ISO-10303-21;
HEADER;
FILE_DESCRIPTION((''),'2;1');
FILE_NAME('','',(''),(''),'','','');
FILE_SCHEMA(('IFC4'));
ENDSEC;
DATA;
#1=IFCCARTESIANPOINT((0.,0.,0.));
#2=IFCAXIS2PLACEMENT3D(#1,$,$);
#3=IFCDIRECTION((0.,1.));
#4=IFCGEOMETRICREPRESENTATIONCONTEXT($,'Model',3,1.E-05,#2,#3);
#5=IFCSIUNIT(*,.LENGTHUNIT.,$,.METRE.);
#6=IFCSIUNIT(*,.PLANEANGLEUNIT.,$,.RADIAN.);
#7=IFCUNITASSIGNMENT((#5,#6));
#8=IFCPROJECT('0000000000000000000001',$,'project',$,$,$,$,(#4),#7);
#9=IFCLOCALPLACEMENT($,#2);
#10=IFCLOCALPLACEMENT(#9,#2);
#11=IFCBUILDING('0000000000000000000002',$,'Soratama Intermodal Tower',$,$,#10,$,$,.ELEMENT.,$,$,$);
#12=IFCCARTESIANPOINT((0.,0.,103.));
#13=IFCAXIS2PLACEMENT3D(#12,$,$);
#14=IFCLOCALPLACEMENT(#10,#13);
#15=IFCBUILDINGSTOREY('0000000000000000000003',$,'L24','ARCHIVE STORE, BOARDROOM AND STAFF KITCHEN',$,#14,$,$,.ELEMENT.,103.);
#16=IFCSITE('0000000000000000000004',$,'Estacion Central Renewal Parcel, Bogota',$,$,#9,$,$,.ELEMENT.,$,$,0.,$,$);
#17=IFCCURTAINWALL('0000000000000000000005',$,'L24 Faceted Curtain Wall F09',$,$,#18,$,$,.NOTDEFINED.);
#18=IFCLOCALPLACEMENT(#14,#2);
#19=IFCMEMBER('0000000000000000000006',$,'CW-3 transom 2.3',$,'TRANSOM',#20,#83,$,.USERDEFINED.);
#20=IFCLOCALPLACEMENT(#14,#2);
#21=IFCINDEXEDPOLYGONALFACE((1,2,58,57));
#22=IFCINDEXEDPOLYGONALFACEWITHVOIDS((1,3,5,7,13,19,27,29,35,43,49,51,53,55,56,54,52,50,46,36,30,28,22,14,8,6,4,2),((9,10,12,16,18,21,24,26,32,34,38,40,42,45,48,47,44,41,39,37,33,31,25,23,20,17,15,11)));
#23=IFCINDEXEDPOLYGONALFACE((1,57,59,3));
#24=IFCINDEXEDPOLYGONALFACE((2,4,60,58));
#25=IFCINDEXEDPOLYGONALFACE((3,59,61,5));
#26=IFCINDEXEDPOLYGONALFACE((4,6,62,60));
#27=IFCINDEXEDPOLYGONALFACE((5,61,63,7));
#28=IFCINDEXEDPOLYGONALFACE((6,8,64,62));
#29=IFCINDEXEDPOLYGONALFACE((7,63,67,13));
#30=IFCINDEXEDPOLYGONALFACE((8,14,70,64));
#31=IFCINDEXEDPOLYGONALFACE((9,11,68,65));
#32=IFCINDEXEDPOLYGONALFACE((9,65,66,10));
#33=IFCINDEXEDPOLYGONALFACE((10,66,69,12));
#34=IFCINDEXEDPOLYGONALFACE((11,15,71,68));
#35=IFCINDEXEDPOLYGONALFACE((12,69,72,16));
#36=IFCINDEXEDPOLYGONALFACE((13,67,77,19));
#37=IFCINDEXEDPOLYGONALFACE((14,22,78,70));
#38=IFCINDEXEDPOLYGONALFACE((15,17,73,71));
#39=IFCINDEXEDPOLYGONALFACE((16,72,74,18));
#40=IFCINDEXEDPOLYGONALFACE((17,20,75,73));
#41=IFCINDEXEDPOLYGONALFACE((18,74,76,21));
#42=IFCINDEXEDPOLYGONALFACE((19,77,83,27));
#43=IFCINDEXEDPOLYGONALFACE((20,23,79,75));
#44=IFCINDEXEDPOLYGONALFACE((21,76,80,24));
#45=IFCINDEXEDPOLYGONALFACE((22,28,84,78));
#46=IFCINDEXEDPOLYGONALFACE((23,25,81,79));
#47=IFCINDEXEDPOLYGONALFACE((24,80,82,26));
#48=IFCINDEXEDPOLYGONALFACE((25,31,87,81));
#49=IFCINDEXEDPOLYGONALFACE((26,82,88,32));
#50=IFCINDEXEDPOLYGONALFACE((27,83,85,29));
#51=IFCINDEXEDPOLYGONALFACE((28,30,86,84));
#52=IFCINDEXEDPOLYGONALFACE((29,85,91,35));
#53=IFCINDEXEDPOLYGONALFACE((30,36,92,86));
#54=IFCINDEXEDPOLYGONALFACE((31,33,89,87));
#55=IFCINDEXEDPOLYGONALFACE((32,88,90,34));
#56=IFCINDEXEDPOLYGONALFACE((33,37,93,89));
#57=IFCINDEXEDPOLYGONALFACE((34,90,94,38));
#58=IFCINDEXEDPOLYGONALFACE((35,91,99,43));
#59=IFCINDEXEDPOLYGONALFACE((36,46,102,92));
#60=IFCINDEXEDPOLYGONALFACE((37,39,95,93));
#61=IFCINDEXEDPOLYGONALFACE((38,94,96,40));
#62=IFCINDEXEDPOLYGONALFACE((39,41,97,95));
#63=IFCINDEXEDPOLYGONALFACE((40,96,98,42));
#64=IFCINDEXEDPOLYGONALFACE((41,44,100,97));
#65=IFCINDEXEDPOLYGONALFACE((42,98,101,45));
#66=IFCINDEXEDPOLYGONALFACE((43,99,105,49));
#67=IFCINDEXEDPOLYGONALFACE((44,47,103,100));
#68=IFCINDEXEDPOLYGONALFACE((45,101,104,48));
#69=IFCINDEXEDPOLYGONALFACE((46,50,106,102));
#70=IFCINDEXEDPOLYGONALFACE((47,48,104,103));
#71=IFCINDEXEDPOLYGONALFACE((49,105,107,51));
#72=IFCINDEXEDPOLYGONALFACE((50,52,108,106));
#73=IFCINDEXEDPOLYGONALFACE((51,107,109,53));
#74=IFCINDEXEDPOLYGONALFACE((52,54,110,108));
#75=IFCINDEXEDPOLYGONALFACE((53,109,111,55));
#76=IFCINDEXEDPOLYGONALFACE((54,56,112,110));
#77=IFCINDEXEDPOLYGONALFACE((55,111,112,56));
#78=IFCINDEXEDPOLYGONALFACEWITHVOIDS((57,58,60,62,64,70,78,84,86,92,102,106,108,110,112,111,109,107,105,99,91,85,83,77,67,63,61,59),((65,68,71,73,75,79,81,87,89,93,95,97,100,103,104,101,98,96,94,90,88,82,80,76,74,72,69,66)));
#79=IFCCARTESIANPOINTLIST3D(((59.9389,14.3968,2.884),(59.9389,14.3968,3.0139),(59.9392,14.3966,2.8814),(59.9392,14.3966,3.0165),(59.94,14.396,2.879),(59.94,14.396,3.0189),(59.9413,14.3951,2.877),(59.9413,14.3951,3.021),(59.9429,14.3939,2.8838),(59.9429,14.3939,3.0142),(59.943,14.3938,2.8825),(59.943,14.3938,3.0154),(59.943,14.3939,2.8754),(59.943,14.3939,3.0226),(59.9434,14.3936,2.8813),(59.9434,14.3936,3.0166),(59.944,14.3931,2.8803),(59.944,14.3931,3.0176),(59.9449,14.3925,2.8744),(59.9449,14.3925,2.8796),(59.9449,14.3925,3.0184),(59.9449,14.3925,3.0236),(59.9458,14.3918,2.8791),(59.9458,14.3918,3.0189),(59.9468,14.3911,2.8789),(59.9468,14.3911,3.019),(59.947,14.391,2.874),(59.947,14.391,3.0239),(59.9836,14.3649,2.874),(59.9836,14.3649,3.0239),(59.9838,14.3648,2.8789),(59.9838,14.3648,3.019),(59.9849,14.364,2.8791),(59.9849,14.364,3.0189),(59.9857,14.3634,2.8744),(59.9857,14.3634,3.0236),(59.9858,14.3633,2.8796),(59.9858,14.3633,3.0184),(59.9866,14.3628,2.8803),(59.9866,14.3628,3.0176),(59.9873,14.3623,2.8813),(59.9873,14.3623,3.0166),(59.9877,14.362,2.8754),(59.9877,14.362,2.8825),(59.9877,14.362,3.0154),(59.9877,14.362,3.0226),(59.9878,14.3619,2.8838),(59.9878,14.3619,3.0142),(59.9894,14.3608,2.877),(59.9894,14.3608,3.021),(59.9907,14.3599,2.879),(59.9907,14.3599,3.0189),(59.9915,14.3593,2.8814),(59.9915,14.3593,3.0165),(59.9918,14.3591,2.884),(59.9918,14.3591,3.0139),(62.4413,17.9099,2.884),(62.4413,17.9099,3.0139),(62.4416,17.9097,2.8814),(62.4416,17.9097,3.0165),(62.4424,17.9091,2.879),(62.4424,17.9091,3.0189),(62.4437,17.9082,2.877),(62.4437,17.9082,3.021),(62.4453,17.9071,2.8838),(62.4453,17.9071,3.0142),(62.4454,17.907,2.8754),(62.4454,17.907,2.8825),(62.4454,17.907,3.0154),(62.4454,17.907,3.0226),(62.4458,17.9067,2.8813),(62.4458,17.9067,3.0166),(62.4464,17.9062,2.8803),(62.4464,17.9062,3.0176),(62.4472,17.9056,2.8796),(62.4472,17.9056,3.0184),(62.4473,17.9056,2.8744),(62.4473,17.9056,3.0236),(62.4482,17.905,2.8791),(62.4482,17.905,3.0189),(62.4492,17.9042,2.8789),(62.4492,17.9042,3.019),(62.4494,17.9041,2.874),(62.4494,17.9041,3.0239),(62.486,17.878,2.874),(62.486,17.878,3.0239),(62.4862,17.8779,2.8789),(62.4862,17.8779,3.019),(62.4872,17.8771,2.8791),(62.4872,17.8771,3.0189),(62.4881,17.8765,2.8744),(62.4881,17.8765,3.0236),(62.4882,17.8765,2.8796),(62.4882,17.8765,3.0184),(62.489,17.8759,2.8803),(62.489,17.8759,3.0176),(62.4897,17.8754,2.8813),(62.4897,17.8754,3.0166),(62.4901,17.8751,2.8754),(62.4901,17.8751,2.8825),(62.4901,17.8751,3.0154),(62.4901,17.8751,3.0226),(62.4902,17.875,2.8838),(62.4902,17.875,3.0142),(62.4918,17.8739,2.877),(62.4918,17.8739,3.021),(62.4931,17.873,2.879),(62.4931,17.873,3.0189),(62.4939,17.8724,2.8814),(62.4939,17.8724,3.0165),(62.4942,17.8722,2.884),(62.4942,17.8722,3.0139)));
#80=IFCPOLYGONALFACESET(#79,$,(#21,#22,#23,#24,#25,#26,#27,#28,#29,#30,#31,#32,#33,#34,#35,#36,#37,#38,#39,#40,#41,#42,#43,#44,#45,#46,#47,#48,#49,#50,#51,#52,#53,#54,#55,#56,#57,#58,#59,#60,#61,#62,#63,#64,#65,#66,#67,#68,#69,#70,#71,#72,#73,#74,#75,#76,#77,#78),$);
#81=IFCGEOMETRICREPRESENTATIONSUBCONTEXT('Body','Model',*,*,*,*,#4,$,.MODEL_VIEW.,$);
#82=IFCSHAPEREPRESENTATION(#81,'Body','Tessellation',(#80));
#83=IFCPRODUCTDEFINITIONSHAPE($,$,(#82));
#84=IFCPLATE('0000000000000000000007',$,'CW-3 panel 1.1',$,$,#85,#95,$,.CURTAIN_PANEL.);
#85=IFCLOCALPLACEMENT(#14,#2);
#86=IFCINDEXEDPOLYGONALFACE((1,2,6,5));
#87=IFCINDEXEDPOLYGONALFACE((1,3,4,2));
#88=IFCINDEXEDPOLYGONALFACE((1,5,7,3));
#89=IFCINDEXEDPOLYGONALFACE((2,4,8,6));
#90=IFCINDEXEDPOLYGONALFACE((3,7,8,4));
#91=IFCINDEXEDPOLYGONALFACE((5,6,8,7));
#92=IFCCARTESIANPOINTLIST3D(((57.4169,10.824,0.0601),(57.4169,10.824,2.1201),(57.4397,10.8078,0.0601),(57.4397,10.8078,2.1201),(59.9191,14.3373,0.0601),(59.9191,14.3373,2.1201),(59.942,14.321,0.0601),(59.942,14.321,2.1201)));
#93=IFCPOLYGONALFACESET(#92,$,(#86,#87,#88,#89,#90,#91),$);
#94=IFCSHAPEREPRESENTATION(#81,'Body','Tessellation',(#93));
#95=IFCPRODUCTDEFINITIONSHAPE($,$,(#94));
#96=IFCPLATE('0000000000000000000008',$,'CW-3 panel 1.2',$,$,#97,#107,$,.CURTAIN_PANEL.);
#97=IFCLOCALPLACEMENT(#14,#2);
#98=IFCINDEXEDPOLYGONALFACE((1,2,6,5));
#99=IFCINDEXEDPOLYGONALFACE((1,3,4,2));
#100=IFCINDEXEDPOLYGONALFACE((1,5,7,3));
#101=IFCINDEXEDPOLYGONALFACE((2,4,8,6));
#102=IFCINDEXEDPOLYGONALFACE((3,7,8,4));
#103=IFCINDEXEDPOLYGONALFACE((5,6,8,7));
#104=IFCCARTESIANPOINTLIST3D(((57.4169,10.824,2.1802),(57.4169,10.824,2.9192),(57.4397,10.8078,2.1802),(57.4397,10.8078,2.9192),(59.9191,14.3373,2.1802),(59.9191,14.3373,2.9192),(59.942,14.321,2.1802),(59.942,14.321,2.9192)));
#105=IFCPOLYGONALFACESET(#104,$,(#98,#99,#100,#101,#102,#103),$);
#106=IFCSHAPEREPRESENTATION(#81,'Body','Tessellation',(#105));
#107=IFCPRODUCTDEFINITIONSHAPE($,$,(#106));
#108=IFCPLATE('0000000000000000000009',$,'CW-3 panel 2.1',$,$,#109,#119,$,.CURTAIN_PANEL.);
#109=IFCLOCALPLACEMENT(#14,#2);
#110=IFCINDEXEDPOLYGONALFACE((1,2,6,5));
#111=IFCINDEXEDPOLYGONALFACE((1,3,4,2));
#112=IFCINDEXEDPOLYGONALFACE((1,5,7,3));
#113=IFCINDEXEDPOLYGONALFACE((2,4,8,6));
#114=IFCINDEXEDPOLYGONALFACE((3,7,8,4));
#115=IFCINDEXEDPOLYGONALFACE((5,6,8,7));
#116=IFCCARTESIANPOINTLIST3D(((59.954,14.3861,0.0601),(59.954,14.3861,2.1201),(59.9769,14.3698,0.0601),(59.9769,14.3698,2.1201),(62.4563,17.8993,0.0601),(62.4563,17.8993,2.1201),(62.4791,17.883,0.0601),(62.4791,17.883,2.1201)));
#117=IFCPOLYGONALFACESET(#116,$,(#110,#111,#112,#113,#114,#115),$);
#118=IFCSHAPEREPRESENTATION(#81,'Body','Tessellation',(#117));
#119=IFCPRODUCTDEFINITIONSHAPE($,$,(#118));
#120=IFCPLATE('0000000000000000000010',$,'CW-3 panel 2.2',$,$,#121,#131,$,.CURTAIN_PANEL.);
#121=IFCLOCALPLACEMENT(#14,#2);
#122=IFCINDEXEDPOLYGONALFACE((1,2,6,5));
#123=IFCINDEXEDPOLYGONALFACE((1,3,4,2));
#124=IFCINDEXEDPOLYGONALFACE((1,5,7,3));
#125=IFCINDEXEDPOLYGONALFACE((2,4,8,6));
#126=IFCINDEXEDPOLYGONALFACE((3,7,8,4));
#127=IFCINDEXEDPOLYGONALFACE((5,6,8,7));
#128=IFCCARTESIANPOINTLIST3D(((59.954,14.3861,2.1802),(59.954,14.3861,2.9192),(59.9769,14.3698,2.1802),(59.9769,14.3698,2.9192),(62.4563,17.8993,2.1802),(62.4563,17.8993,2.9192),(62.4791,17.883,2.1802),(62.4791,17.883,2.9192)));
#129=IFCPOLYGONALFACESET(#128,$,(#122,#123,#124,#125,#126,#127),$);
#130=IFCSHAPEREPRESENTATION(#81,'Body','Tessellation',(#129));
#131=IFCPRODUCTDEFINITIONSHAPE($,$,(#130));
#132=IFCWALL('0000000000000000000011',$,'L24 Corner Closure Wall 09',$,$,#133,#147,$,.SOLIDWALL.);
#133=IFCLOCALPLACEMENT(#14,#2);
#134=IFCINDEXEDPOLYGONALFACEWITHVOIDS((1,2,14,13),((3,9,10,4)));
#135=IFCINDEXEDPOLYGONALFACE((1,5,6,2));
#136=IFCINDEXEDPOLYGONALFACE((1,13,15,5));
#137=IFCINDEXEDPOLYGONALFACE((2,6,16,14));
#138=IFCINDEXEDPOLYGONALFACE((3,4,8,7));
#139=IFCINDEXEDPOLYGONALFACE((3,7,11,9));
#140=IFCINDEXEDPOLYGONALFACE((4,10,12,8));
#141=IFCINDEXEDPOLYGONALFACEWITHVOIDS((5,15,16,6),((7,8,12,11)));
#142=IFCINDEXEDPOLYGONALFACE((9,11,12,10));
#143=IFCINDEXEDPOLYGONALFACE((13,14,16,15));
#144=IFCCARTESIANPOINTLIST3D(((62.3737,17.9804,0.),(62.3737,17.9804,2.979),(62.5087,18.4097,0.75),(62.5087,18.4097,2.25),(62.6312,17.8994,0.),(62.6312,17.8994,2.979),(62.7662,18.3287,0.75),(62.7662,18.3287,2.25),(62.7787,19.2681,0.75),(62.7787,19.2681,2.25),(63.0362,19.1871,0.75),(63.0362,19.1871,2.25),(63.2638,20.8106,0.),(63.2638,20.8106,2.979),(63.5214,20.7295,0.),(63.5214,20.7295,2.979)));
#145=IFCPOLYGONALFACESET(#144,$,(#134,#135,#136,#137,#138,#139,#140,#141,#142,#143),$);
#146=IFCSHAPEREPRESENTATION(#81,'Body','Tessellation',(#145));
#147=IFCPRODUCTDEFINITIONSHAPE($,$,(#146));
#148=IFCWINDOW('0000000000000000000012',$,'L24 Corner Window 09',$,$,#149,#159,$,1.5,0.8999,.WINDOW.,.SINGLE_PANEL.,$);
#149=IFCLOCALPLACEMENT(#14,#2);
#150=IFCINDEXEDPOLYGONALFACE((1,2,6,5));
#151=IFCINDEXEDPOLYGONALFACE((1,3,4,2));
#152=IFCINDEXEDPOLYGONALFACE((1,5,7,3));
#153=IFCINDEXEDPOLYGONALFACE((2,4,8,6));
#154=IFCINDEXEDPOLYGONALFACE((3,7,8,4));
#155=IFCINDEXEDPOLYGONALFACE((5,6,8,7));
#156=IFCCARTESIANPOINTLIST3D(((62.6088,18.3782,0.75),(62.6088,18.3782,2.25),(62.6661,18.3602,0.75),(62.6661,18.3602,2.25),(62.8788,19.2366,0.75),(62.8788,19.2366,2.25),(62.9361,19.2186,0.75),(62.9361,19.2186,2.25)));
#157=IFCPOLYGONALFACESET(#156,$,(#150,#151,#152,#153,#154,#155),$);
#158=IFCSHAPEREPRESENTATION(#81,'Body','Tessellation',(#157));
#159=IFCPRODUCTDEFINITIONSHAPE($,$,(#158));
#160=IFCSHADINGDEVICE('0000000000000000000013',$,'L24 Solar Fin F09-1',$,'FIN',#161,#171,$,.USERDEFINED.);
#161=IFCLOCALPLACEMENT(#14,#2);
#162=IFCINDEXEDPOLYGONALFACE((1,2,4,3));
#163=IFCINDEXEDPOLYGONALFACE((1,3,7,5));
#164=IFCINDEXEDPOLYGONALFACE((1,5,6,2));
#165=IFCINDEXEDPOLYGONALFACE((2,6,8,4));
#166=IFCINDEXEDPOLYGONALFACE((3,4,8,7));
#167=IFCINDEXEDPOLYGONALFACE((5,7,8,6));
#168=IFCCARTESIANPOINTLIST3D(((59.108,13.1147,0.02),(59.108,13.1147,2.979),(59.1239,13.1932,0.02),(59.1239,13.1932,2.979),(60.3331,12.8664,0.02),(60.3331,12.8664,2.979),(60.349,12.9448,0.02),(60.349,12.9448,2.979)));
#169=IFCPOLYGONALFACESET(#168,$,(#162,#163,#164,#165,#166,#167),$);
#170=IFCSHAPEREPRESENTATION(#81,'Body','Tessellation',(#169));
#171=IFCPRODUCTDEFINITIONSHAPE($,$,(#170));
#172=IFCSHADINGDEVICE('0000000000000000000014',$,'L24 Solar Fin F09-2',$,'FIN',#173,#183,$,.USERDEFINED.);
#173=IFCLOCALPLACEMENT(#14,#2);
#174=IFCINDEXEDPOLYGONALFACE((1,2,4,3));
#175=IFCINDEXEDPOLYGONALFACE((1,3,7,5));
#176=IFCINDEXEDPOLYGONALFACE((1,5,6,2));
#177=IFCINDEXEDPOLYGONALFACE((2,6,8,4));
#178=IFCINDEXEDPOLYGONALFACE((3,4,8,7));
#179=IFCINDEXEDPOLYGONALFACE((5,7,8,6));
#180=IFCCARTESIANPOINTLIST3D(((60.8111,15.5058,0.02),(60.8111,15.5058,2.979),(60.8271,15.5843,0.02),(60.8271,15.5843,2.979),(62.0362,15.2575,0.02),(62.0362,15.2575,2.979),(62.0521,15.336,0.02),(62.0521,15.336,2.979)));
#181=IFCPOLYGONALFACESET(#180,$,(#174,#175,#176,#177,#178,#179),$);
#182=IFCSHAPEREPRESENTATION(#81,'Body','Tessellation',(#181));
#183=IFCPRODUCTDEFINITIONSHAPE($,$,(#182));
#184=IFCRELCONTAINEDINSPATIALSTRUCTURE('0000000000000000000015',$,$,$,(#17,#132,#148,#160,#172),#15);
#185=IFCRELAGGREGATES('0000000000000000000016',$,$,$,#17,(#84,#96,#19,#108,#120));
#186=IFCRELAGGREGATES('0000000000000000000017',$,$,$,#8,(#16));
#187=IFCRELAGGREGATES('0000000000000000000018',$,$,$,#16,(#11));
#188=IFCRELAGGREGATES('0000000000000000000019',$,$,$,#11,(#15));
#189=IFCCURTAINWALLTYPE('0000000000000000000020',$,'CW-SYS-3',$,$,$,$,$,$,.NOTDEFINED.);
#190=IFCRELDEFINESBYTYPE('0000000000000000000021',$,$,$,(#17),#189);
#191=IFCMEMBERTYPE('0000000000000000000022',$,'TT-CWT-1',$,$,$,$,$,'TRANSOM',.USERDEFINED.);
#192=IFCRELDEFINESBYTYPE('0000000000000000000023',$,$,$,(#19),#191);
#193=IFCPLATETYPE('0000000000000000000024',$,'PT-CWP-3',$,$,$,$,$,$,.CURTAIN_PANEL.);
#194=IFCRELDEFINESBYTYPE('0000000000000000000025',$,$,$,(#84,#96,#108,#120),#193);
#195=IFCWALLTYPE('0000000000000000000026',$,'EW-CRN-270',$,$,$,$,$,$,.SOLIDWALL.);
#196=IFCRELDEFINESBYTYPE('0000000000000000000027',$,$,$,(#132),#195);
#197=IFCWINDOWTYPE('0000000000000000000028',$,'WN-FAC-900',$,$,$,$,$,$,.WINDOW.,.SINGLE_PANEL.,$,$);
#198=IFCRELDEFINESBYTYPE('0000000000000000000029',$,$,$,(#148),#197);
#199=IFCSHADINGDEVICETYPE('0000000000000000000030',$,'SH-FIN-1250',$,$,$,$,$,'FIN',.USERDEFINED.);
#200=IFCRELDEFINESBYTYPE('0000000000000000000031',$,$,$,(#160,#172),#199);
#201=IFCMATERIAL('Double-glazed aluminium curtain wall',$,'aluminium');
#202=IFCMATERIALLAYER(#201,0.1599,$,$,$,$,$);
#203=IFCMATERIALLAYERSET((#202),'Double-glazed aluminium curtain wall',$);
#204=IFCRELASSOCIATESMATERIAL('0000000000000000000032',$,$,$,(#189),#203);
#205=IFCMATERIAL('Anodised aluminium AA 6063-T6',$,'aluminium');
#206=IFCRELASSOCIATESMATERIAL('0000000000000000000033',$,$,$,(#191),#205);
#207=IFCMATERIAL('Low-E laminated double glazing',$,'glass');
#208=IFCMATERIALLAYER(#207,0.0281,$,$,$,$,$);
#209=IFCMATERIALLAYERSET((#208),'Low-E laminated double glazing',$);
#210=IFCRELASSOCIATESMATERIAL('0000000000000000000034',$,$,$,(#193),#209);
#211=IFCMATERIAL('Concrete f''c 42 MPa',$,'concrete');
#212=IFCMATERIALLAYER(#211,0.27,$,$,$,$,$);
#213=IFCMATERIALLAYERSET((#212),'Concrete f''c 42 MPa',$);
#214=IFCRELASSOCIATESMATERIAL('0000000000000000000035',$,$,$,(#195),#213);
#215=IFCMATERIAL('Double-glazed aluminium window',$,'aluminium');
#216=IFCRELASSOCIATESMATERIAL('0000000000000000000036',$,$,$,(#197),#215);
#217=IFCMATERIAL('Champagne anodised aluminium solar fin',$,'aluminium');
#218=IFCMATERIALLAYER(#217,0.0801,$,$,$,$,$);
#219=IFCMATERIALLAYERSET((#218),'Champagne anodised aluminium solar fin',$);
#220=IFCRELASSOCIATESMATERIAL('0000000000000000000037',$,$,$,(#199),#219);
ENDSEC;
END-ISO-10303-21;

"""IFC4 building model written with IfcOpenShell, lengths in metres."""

from ifc_helpers import new_model, si_unit, direction, frame, frame_2d, origin, origin_2d, place, context, subcontext, project, spatial, rectangle, hollow_rectangle, extrude, material, layer, layer_set, material_profile, profile_set, type_object, element, fill, aggregate, save


model = new_model("IFC4")

# Units and contexts
model_context = context("Model", 3, precision=1e-05, world=origin(), true_north=direction((0.0, 1.0)))
body_context = subcontext(model_context, "Body", "Model", "MODEL_VIEW")
ifc_project = project(units=[si_unit("LENGTHUNIT", "METRE"), si_unit("PLANEANGLEUNIT", "RADIAN")], contexts=[model_context])

# Site, building, storey
site_placement = place(None, origin())
site = spatial("IfcSite", under=ifc_project, at=site_placement, Name="Estacion Central Renewal Parcel, Bogota", CompositionType="ELEMENT", RefElevation=0.0)
building_placement = place(site_placement, origin())
building = spatial("IfcBuilding", under=site, at=building_placement, Name="Soratama Intermodal Tower", CompositionType="ELEMENT")
storey_placement = place(building_placement, frame((0.0, 0.0, 103.0)))
storey = spatial("IfcBuildingStorey", under=building, at=storey_placement, Name="L24", Description="ARCHIVE STORE, BOARDROOM AND STAFF KITCHEN", CompositionType="ELEMENT", Elevation=103.0)

# Curtain wall, member, plates
ifc_material_1 = material(Name="Double-glazed aluminium curtain wall", Category="aluminium")
ifc_layer_1 = layer(ifc_material_1, 0.1599)
ifc_layer_set_1 = layer_set([ifc_layer_1], Name="Double-glazed aluminium curtain wall")
curtain_wall_type = type_object("IfcCurtainWallType", Name="CW-SYS-3", PredefinedType="NOTDEFINED", material=ifc_layer_set_1)
curtain_wall_placement = place(storey_placement, origin())
curtain_wall = element("IfcCurtainWall", 1, at=curtain_wall_placement, inside=storey, type_object=curtain_wall_type, Name="L24 Faceted Curtain Wall F09", PredefinedType="NOTDEFINED")
ifc_material_2 = material(Name="Anodised aluminium AA 6063-T6", Category="aluminium")
ifc_material_profile_1 = material_profile(ifc_material_2, hollow_rectangle(XDim=0.0649, YDim=0.1499, WallThickness=0.0049, InnerFilletRadius=0.0049, OuterFilletRadius=0.01, at=origin_2d()), Name="CWT150X65X5")
ifc_profile_set_1 = profile_set([ifc_material_profile_1], Name="Anodised aluminium AA 6063-T6")
member_type_1 = type_object("IfcMemberType", Name="TT-CWT-1", ElementType="TRANSOM", PredefinedType="USERDEFINED", material=ifc_profile_set_1)
member_1_placement = place(storey_placement, frame((59.9653, 14.3779, 2.949), z_axis=(0.580167, 0.814498, 0.0), x_axis=(-0.814498, 0.580167, 0.0)))
member_1 = element("IfcMember", 2, at=member_1_placement, type_object=member_type_1, Name="CW-3 transom 2.3", ObjectType="TRANSOM", PredefinedType="USERDEFINED", context=body_context, shape_type="SweptSolid", body=[
    extrude(hollow_rectangle(XDim=0.0649, YDim=0.1499, WallThickness=0.0049, InnerFilletRadius=0.0049, OuterFilletRadius=0.01, at=origin_2d()), origin(), (0.0, 0.0, 1.0), 4.3132),
])
ifc_material_3 = material(Name="Low-E laminated double glazing", Category="glass")
ifc_layer_2 = layer(ifc_material_3, 0.0281)
ifc_layer_set_2 = layer_set([ifc_layer_2], Name="Low-E laminated double glazing")
plate_type = type_object("IfcPlateType", Name="PT-CWP-3", PredefinedType="CURTAIN_PANEL", material=ifc_layer_set_2)
plate_1_placement = place(storey_placement, frame((58.6794, 12.5725, 0.0601), z_axis=(0.0, 0.0, 1.0), x_axis=(0.580137, 0.814519, 0.0)))
plate_1 = element("IfcPlate", 3, at=plate_1_placement, type_object=plate_type, Name="CW-3 panel 1.1", PredefinedType="CURTAIN_PANEL", context=body_context, shape_type="SweptSolid", body=[
    extrude(rectangle(XDim=4.3132, YDim=0.0281, at=origin_2d()), origin(), (0.0, 0.0, 1.0), 2.0601),
])
plate_2_placement = place(storey_placement, frame((58.6794, 12.5725, 2.1802), z_axis=(0.0, 0.0, 1.0), x_axis=(0.580137, 0.814519, 0.0)))
plate_2 = element("IfcPlate", 4, at=plate_2_placement, type_object=plate_type, Name="CW-3 panel 1.2", PredefinedType="CURTAIN_PANEL", context=body_context, shape_type="SweptSolid", body=[
    extrude(rectangle(XDim=4.3132, YDim=0.0281, at=origin_2d()), origin(), (0.0, 0.0, 1.0), 0.739),
])
plate_3_placement = place(storey_placement, frame((61.2166, 16.1345, 0.0601), z_axis=(0.0, 0.0, 1.0), x_axis=(0.580137, 0.814519, 0.0)))
plate_3 = element("IfcPlate", 5, at=plate_3_placement, type_object=plate_type, Name="CW-3 panel 2.1", PredefinedType="CURTAIN_PANEL", context=body_context, shape_type="SweptSolid", body=[
    extrude(rectangle(XDim=4.3132, YDim=0.0281, at=origin_2d()), origin(), (0.0, 0.0, 1.0), 2.0601),
])
plate_4_placement = place(storey_placement, frame((61.2166, 16.1345, 2.1802), z_axis=(0.0, 0.0, 1.0), x_axis=(0.580137, 0.814519, 0.0)))
plate_4 = element("IfcPlate", 6, at=plate_4_placement, type_object=plate_type, Name="CW-3 panel 2.2", PredefinedType="CURTAIN_PANEL", context=body_context, shape_type="SweptSolid", body=[
    extrude(rectangle(XDim=4.3132, YDim=0.0281, at=origin_2d()), origin(), (0.0, 0.0, 1.0), 0.739),
])
aggregate(curtain_wall, [plate_1, plate_2, member_1, plate_3, plate_4])

# Wall, opening, window
ifc_material_4 = material(Name="Concrete f'c 42 MPa", Category="concrete")
ifc_layer_3 = layer(ifc_material_4, 0.27)
ifc_layer_set_3 = layer_set([ifc_layer_3], Name="Concrete f'c 42 MPa")
wall_type_1 = type_object("IfcWallType", Name="EW-CRN-270", PredefinedType="SOLIDWALL", material=ifc_layer_set_3)
wall_1_placement = place(storey_placement, frame((62.5024, 17.9399, 0.0), z_axis=(0.0, 0.0, 1.0), x_axis=(0.300036, 0.953928, 0.0)))
wall_1 = element("IfcWall", 7, at=wall_1_placement, inside=storey, type_object=wall_type_1, Name="L24 Corner Closure Wall 09", PredefinedType="SOLIDWALL", context=body_context, shape_type="SweptSolid", body=[
    extrude(rectangle(XDim=2.9668, YDim=0.27, at=frame_2d((1.4834, 0.0))), origin(), (0.0, 0.0, 1.0), 2.979),
])
opening_1_placement = place(wall_1_placement, frame((0.45, 0.0, 0.75)))
opening_1 = element("IfcOpeningElement", 8, at=opening_1_placement, cuts=wall_1, PredefinedType="OPENING", context=body_context, shape_type="SweptSolid", body=[
    extrude(rectangle(XDim=0.8999, YDim=1.5, at=frame_2d((0.45, 0.75))), frame((0.0, 0.145, 0.0), z_axis=(0.0, -1.0, 0.0), x_axis=(1.0, 0.0, 0.0)), (0.0, 0.0, 1.0), 0.29),
])
ifc_material_5 = material(Name="Double-glazed aluminium window", Category="aluminium")
window_type_1 = type_object("IfcWindowType", Name="WN-FAC-900", PartitioningType="SINGLE_PANEL", PredefinedType="WINDOW", material=ifc_material_5)
window_1_placement = place(opening_1_placement, origin())
window_1 = element("IfcWindow", 9, at=window_1_placement, inside=storey, type_object=window_type_1, Name="L24 Corner Window 09", OverallHeight=1.5, OverallWidth=0.8999, PartitioningType="SINGLE_PANEL", PredefinedType="WINDOW", context=body_context, shape_type="SweptSolid", body=[
    extrude(rectangle(XDim=0.8999, YDim=1.5, at=frame_2d((0.45, 0.75))), frame((0.0, 0.03, 0.0), z_axis=(0.0, -1.0, 0.0), x_axis=(1.0, 0.0, 0.0)), (0.0, 0.0, 1.0), 0.0601),
])
fill(opening_1, window_1)

# Shading devices
ifc_material_6 = material(Name="Champagne anodised aluminium solar fin", Category="aluminium")
ifc_layer_4 = layer(ifc_material_6, 0.0801)
ifc_layer_set_4 = layer_set([ifc_layer_4], Name="Champagne anodised aluminium solar fin")
shading_device_type = type_object("IfcShadingDeviceType", Name="SH-FIN-1250", ElementType="FIN", PredefinedType="USERDEFINED", material=ifc_layer_set_4)
for number, where, z_axis, x_axis, name in (
    (10, (59.7285, 13.0298, 0.02), (0.0, 0.0, 1.0), (0.980064, -0.198684, 0.0), "L24 Solar Fin F09-1"),
    (11, (61.4316, 15.4209, 0.02), (0.0, 0.0, 1.0), (0.980064, -0.198684, 0.0), "L24 Solar Fin F09-2"),
):
    element("IfcShadingDevice", number, at=place(storey_placement, frame(where, z_axis=z_axis, x_axis=x_axis)), inside=storey, type_object=shading_device_type, Name=name, ObjectType="FIN", PredefinedType="USERDEFINED", context=body_context, shape_type="SweptSolid", body=[
        extrude(rectangle(XDim=1.25, YDim=0.0801, at=origin_2d()), origin(), (0.0, 0.0, 1.0), 2.959),
    ])

save(model, "model.ifc")
